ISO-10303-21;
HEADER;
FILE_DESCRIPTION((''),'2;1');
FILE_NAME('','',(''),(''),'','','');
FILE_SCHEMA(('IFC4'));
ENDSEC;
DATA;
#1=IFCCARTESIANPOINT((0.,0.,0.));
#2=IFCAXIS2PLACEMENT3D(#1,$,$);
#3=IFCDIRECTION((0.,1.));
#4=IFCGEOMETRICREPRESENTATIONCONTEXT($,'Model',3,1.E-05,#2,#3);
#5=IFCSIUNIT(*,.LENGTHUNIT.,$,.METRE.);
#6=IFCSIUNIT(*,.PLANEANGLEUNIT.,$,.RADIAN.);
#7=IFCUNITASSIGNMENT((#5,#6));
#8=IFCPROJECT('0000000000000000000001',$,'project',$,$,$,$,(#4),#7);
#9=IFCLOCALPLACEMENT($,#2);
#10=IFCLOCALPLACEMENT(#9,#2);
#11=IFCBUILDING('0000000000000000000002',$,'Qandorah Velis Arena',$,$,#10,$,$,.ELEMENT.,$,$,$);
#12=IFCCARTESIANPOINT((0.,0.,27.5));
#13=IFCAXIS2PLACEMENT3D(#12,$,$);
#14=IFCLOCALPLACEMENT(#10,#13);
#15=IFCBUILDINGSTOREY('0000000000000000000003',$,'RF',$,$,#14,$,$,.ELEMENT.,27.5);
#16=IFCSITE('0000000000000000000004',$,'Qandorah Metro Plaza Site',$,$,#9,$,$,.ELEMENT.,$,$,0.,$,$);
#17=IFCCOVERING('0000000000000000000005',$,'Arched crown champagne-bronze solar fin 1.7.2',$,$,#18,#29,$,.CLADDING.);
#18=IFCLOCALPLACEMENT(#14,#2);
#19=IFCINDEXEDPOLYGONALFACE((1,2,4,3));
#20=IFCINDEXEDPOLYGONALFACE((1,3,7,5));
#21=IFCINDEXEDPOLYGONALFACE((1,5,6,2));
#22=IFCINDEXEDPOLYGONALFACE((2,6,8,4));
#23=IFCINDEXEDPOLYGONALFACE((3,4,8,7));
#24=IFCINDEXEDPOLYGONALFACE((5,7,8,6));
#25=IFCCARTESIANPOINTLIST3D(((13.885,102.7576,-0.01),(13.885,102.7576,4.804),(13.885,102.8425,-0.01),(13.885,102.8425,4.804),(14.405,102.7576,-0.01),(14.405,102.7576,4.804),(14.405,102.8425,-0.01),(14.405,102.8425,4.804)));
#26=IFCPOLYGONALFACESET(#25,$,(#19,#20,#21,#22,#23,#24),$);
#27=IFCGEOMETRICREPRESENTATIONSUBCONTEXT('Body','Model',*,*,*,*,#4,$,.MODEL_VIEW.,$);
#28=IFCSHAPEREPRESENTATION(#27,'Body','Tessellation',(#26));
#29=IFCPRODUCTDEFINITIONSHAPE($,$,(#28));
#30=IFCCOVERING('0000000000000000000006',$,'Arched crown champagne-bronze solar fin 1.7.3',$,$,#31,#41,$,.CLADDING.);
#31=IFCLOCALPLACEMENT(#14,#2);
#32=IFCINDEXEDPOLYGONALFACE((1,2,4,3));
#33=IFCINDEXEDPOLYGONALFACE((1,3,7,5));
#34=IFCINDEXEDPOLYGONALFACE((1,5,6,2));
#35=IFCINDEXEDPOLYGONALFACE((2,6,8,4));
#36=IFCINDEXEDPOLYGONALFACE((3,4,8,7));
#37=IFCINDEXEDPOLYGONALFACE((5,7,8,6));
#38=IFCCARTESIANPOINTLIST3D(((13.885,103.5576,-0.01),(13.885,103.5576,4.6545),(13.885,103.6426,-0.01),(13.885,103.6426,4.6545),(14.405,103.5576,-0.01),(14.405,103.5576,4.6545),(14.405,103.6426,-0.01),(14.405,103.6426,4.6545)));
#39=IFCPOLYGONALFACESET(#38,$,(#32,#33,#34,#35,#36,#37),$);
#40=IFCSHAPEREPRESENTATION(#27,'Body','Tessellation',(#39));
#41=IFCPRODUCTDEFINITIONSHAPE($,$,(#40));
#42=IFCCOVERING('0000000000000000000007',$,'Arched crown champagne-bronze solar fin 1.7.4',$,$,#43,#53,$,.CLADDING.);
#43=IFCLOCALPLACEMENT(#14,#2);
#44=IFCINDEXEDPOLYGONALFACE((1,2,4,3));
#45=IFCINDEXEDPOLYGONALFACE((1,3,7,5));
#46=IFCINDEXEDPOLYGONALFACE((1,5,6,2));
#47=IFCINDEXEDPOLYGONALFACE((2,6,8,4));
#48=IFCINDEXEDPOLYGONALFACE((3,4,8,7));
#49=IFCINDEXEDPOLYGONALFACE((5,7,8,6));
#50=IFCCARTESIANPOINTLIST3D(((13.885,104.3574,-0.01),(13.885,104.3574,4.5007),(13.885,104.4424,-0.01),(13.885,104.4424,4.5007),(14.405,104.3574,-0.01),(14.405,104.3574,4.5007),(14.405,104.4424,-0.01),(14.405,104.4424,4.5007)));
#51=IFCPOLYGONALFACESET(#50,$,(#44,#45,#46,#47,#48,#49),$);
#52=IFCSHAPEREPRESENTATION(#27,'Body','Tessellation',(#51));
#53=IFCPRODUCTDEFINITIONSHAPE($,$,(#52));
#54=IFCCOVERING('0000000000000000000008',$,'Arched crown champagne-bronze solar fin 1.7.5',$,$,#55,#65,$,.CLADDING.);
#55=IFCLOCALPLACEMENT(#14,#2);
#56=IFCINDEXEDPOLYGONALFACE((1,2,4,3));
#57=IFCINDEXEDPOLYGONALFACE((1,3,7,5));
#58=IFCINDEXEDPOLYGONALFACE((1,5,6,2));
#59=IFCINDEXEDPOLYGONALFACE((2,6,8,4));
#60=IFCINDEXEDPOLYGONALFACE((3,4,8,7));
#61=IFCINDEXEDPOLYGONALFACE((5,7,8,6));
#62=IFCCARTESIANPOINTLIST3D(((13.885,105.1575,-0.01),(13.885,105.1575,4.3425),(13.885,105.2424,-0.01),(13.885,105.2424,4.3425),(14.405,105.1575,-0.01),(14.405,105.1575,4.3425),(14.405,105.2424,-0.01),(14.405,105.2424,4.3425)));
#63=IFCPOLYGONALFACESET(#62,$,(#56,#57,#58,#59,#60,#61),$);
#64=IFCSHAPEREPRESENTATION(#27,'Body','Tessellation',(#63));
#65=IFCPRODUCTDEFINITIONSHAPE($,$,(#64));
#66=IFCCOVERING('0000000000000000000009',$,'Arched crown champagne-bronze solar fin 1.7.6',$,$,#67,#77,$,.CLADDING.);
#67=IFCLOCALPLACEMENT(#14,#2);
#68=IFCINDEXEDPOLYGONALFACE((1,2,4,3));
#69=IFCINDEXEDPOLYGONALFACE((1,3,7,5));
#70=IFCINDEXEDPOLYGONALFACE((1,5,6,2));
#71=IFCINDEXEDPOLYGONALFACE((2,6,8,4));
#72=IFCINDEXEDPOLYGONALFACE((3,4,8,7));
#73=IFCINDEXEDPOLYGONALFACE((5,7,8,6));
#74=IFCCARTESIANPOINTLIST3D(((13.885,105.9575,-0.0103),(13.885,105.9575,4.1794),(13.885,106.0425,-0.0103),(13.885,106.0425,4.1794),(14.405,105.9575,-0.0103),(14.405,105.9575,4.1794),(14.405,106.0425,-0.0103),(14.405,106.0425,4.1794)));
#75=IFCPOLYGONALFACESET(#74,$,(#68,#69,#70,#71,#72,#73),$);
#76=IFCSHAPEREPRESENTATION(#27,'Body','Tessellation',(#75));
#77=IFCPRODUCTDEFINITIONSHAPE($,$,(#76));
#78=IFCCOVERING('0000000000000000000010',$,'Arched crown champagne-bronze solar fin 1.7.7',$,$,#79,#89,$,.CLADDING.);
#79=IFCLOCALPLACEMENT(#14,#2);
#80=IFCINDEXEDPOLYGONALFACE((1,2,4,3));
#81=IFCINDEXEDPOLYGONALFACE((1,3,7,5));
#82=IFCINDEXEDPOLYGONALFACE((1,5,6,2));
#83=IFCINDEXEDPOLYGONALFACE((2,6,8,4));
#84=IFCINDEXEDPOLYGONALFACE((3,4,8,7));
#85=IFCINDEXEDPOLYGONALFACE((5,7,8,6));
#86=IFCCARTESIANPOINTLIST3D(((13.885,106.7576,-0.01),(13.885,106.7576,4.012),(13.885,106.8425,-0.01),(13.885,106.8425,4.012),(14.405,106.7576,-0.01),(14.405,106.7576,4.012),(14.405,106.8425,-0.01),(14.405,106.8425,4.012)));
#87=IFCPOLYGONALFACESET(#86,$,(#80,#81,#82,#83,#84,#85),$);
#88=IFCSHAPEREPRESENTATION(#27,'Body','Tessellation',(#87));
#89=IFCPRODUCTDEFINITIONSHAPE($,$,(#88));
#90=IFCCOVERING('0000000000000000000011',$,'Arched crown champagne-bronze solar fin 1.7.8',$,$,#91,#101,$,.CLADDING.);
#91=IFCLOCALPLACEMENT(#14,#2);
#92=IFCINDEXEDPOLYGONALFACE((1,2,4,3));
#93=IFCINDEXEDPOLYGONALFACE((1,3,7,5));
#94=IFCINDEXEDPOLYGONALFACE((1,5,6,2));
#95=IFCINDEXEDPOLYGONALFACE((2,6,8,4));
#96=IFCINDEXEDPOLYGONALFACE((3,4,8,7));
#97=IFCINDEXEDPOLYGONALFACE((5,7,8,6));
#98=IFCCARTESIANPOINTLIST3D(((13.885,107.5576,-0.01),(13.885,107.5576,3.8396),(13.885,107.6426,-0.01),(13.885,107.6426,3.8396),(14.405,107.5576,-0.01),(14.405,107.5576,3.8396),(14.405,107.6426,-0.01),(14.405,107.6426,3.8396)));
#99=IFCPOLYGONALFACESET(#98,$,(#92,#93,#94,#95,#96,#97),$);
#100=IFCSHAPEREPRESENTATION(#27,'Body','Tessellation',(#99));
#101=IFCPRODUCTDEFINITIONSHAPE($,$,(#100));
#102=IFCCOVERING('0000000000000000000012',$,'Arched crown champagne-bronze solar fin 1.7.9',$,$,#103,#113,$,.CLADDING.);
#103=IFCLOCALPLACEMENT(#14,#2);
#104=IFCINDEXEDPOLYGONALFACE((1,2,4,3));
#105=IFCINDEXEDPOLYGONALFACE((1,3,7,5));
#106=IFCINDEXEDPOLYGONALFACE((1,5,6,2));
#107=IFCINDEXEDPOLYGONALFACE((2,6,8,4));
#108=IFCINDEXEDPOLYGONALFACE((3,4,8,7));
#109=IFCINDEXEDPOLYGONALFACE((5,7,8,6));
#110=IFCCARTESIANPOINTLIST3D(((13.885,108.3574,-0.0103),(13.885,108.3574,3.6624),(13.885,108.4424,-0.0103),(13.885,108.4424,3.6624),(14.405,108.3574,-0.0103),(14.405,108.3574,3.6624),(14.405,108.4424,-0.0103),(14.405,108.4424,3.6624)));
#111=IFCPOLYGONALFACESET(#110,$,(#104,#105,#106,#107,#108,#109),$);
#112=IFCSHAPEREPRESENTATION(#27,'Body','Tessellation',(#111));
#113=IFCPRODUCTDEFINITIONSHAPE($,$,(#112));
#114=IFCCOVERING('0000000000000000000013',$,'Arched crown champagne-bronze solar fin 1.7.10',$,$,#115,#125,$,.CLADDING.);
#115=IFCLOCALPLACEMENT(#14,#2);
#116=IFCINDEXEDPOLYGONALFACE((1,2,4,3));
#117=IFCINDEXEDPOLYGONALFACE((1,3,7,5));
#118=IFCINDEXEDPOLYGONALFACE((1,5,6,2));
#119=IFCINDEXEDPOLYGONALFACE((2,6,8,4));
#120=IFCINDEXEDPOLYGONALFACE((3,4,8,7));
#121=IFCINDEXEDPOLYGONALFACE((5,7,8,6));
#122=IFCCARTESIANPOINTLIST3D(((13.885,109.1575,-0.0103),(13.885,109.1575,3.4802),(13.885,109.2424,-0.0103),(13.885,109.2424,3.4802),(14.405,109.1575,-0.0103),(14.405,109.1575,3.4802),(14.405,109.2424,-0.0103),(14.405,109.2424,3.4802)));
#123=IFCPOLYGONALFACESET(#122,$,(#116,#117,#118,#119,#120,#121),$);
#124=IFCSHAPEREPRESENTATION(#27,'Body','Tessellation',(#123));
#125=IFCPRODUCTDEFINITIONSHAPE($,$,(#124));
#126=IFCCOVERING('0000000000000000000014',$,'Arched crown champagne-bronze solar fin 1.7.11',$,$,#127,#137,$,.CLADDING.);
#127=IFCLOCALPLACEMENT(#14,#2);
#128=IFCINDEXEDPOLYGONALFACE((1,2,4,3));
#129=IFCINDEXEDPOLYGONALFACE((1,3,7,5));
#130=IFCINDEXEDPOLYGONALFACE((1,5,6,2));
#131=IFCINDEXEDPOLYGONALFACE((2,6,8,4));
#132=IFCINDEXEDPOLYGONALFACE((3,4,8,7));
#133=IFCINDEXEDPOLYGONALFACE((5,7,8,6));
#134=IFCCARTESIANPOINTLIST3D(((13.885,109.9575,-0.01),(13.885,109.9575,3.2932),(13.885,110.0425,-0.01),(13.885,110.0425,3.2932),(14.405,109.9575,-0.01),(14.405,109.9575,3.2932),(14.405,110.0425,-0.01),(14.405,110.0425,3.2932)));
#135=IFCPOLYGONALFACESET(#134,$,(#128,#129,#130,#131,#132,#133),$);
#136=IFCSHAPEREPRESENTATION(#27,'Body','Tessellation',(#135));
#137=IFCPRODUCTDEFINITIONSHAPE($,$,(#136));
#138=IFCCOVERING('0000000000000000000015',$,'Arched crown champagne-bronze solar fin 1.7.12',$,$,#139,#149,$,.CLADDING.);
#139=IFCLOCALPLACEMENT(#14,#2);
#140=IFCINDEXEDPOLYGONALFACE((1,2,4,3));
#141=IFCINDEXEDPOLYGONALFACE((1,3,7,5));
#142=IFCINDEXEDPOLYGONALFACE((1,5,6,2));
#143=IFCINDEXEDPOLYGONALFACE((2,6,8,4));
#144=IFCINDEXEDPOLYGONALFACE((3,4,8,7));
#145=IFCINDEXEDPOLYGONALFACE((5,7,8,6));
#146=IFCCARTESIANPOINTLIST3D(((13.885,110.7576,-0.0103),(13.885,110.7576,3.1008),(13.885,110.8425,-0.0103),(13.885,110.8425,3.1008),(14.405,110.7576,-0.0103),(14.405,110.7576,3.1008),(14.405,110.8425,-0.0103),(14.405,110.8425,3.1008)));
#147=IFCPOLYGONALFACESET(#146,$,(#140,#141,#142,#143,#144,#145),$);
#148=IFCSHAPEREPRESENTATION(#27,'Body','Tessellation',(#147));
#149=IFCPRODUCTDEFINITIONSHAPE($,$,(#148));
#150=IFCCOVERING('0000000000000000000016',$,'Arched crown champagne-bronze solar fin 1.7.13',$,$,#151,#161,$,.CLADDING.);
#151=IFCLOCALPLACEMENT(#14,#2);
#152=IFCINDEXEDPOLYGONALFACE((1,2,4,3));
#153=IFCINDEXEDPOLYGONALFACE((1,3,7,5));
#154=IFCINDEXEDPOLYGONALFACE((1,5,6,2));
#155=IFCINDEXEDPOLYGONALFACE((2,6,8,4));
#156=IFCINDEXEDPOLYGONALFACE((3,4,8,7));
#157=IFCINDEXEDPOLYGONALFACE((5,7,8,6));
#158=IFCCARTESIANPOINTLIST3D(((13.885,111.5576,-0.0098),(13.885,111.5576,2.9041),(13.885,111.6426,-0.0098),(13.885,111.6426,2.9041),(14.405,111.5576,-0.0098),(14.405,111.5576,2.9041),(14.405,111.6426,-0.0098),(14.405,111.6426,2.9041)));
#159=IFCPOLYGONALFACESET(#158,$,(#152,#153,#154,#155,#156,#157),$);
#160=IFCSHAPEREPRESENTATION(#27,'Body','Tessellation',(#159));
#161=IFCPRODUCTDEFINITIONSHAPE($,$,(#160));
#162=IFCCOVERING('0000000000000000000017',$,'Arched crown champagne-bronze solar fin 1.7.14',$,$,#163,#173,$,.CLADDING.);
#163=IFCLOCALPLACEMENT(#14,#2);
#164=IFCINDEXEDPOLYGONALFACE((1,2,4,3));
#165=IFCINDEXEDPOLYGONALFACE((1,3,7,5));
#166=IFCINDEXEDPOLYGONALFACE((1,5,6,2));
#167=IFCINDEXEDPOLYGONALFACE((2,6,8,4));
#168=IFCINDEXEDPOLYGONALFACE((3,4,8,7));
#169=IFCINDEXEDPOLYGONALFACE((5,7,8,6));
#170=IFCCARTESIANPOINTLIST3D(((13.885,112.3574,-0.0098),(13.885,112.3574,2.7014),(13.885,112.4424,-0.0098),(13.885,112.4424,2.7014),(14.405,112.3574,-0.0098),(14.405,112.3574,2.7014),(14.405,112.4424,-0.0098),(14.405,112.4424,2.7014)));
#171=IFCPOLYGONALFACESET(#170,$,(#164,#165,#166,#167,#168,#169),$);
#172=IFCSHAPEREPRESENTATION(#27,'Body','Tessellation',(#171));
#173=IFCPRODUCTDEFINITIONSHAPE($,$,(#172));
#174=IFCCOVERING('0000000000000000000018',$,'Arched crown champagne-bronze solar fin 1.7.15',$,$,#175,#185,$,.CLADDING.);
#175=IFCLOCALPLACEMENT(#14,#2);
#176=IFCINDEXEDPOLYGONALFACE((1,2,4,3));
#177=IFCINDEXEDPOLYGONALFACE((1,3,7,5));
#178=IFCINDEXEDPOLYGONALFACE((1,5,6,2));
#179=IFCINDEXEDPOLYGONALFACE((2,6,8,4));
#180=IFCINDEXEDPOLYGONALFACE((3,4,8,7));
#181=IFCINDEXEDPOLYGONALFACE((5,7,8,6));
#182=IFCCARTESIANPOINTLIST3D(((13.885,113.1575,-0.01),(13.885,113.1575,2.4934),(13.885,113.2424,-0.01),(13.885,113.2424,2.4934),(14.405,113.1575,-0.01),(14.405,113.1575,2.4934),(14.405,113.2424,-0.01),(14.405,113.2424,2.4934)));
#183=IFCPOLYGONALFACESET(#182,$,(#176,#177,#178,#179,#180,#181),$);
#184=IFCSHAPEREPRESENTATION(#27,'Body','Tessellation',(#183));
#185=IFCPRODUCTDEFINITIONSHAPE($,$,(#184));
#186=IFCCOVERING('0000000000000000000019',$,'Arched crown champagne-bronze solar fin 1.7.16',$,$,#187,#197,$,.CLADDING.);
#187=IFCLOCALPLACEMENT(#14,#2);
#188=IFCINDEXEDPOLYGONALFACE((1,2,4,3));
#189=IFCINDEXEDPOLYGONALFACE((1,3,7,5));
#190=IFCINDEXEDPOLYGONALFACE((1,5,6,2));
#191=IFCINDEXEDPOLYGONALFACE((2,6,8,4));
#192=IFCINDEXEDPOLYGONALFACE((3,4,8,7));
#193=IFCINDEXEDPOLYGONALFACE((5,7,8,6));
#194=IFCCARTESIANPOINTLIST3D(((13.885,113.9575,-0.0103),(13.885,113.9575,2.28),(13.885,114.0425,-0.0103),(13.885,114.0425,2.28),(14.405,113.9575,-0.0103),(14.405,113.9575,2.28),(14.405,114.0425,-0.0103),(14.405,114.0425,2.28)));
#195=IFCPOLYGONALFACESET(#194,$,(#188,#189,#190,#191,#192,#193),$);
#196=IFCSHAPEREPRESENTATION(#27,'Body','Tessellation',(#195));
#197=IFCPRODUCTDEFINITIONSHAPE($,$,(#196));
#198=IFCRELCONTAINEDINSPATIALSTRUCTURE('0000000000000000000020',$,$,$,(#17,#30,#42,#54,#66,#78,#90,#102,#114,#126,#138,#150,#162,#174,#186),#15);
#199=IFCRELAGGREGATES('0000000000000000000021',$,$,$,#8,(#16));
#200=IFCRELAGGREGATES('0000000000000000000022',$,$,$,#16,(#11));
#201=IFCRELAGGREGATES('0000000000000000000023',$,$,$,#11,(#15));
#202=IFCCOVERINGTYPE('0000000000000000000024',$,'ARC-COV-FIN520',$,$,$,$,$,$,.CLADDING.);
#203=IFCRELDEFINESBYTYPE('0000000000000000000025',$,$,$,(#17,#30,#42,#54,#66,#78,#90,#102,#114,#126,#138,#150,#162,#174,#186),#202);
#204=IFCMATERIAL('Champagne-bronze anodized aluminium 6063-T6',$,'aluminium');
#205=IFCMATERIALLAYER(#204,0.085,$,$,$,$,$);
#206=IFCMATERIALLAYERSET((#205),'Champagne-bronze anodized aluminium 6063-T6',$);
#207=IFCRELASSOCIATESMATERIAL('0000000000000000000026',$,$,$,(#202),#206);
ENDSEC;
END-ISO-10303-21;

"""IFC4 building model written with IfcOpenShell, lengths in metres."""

from ifc_helpers import new_model, si_unit, direction, frame, origin, origin_2d, place, context, subcontext, project, spatial, rectangle, extrude, material, layer, layer_set, type_object, element, save


model = new_model("IFC4")

# Units and contexts
model_context = context("Model", 3, precision=1e-05, world=origin(), true_north=direction((0.0, 1.0)))
body_context = subcontext(model_context, "Body", "Model", "MODEL_VIEW")
ifc_project = project(units=[si_unit("LENGTHUNIT", "METRE"), si_unit("PLANEANGLEUNIT", "RADIAN")], contexts=[model_context])

# Site, building, storey
site_placement = place(None, origin())
site = spatial("IfcSite", under=ifc_project, at=site_placement, Name="Qandorah Metro Plaza Site", CompositionType="ELEMENT", RefElevation=0.0)
building_placement = place(site_placement, origin())
building = spatial("IfcBuilding", under=site, at=building_placement, Name="Qandorah Velis Arena", CompositionType="ELEMENT")
storey_placement = place(building_placement, frame((0.0, 0.0, 27.5)))
storey = spatial("IfcBuildingStorey", under=building, at=storey_placement, Name="RF", CompositionType="ELEMENT", Elevation=27.5)

# Shared definitions
ifc_material_1 = material(Name="Champagne-bronze anodized aluminium 6063-T6", Category="aluminium")

# Coverings
ifc_layer_1 = layer(ifc_material_1, 0.085)
ifc_layer_set_1 = layer_set([ifc_layer_1], Name="Champagne-bronze anodized aluminium 6063-T6")
covering_type = type_object("IfcCoveringType", Name="ARC-COV-FIN520", PredefinedType="CLADDING", material=ifc_layer_set_1)
covering_1_placement = place(storey_placement, frame((14.145, 102.8, -0.01), z_axis=(0.0, 0.0, 1.0), x_axis=(1.0, 0.0, 0.0)))
element("IfcCovering", 1, at=covering_1_placement, inside=storey, type_object=covering_type, Name="Arched crown champagne-bronze solar fin 1.7.2", PredefinedType="CLADDING", context=body_context, shape_type="SweptSolid", body=[
    extrude(rectangle(XDim=0.52, YDim=0.085, at=origin_2d()), origin(), (0.0, 0.0, 1.0), 4.814),
])
covering_2_placement = place(storey_placement, frame((14.145, 103.6001, -0.01), z_axis=(0.0, 0.0, 1.0), x_axis=(1.0, 0.0, 0.0)))
element("IfcCovering", 2, at=covering_2_placement, inside=storey, type_object=covering_type, Name="Arched crown champagne-bronze solar fin 1.7.3", PredefinedType="CLADDING", context=body_context, shape_type="SweptSolid", body=[
    extrude(rectangle(XDim=0.52, YDim=0.085, at=origin_2d()), origin(), (0.0, 0.0, 1.0), 4.6646),
])
covering_3_placement = place(storey_placement, frame((14.145, 104.3999, -0.01), z_axis=(0.0, 0.0, 1.0), x_axis=(1.0, 0.0, 0.0)))
element("IfcCovering", 3, at=covering_3_placement, inside=storey, type_object=covering_type, Name="Arched crown champagne-bronze solar fin 1.7.4", PredefinedType="CLADDING", context=body_context, shape_type="SweptSolid", body=[
    extrude(rectangle(XDim=0.52, YDim=0.085, at=origin_2d()), origin(), (0.0, 0.0, 1.0), 4.5107),
])
covering_4_placement = place(storey_placement, frame((14.145, 105.2, -0.01), z_axis=(0.0, 0.0, 1.0), x_axis=(1.0, 0.0, 0.0)))
element("IfcCovering", 4, at=covering_4_placement, inside=storey, type_object=covering_type, Name="Arched crown champagne-bronze solar fin 1.7.5", PredefinedType="CLADDING", context=body_context, shape_type="SweptSolid", body=[
    extrude(rectangle(XDim=0.52, YDim=0.085, at=origin_2d()), origin(), (0.0, 0.0, 1.0), 4.3525),
])
covering_5_placement = place(storey_placement, frame((14.145, 106.0, -0.0103), z_axis=(0.0, 0.0, 1.0), x_axis=(1.0, 0.0, 0.0)))
element("IfcCovering", 5, at=covering_5_placement, inside=storey, type_object=covering_type, Name="Arched crown champagne-bronze solar fin 1.7.6", PredefinedType="CLADDING", context=body_context, shape_type="SweptSolid", body=[
    extrude(rectangle(XDim=0.52, YDim=0.085, at=origin_2d()), origin(), (0.0, 0.0, 1.0), 4.1897),
])
covering_6_placement = place(storey_placement, frame((14.145, 106.8, -0.01), z_axis=(0.0, 0.0, 1.0), x_axis=(1.0, 0.0, 0.0)))
element("IfcCovering", 6, at=covering_6_placement, inside=storey, type_object=covering_type, Name="Arched crown champagne-bronze solar fin 1.7.7", PredefinedType="CLADDING", context=body_context, shape_type="SweptSolid", body=[
    extrude(rectangle(XDim=0.52, YDim=0.085, at=origin_2d()), origin(), (0.0, 0.0, 1.0), 4.022),
])
covering_7_placement = place(storey_placement, frame((14.145, 107.6001, -0.01), z_axis=(0.0, 0.0, 1.0), x_axis=(1.0, 0.0, 0.0)))
element("IfcCovering", 7, at=covering_7_placement, inside=storey, type_object=covering_type, Name="Arched crown champagne-bronze solar fin 1.7.8", PredefinedType="CLADDING", context=body_context, shape_type="SweptSolid", body=[
    extrude(rectangle(XDim=0.52, YDim=0.085, at=origin_2d()), origin(), (0.0, 0.0, 1.0), 3.8496),
])
covering_8_placement = place(storey_placement, frame((14.145, 108.3999, -0.0103), z_axis=(0.0, 0.0, 1.0), x_axis=(1.0, 0.0, 0.0)))
element("IfcCovering", 8, at=covering_8_placement, inside=storey, type_object=covering_type, Name="Arched crown champagne-bronze solar fin 1.7.9", PredefinedType="CLADDING", context=body_context, shape_type="SweptSolid", body=[
    extrude(rectangle(XDim=0.52, YDim=0.085, at=origin_2d()), origin(), (0.0, 0.0, 1.0), 3.6726),
])
covering_9_placement = place(storey_placement, frame((14.145, 109.2, -0.0103), z_axis=(0.0, 0.0, 1.0), x_axis=(1.0, 0.0, 0.0)))
element("IfcCovering", 9, at=covering_9_placement, inside=storey, type_object=covering_type, Name="Arched crown champagne-bronze solar fin 1.7.10", PredefinedType="CLADDING", context=body_context, shape_type="SweptSolid", body=[
    extrude(rectangle(XDim=0.52, YDim=0.085, at=origin_2d()), origin(), (0.0, 0.0, 1.0), 3.4905),
])
covering_10_placement = place(storey_placement, frame((14.145, 110.0, -0.01), z_axis=(0.0, 0.0, 1.0), x_axis=(1.0, 0.0, 0.0)))
element("IfcCovering", 10, at=covering_10_placement, inside=storey, type_object=covering_type, Name="Arched crown champagne-bronze solar fin 1.7.11", PredefinedType="CLADDING", context=body_context, shape_type="SweptSolid", body=[
    extrude(rectangle(XDim=0.52, YDim=0.085, at=origin_2d()), origin(), (0.0, 0.0, 1.0), 3.3032),
])
covering_11_placement = place(storey_placement, frame((14.145, 110.8, -0.0103), z_axis=(0.0, 0.0, 1.0), x_axis=(1.0, 0.0, 0.0)))
element("IfcCovering", 11, at=covering_11_placement, inside=storey, type_object=covering_type, Name="Arched crown champagne-bronze solar fin 1.7.12", PredefinedType="CLADDING", context=body_context, shape_type="SweptSolid", body=[
    extrude(rectangle(XDim=0.52, YDim=0.085, at=origin_2d()), origin(), (0.0, 0.0, 1.0), 3.1111),
])
covering_12_placement = place(storey_placement, frame((14.145, 111.6001, -0.0098), z_axis=(0.0, 0.0, 1.0), x_axis=(1.0, 0.0, 0.0)))
element("IfcCovering", 12, at=covering_12_placement, inside=storey, type_object=covering_type, Name="Arched crown champagne-bronze solar fin 1.7.13", PredefinedType="CLADDING", context=body_context, shape_type="SweptSolid", body=[
    extrude(rectangle(XDim=0.52, YDim=0.085, at=origin_2d()), origin(), (0.0, 0.0, 1.0), 2.9138),
])
covering_13_placement = place(storey_placement, frame((14.145, 112.3999, -0.0098), z_axis=(0.0, 0.0, 1.0), x_axis=(1.0, 0.0, 0.0)))
element("IfcCovering", 13, at=covering_13_placement, inside=storey, type_object=covering_type, Name="Arched crown champagne-bronze solar fin 1.7.14", PredefinedType="CLADDING", context=body_context, shape_type="SweptSolid", body=[
    extrude(rectangle(XDim=0.52, YDim=0.085, at=origin_2d()), origin(), (0.0, 0.0, 1.0), 2.7112),
])
covering_14_placement = place(storey_placement, frame((14.145, 113.2, -0.01), z_axis=(0.0, 0.0, 1.0), x_axis=(1.0, 0.0, 0.0)))
element("IfcCovering", 14, at=covering_14_placement, inside=storey, type_object=covering_type, Name="Arched crown champagne-bronze solar fin 1.7.15", PredefinedType="CLADDING", context=body_context, shape_type="SweptSolid", body=[
    extrude(rectangle(XDim=0.52, YDim=0.085, at=origin_2d()), origin(), (0.0, 0.0, 1.0), 2.5034),
])
covering_15_placement = place(storey_placement, frame((14.145, 114.0, -0.0103), z_axis=(0.0, 0.0, 1.0), x_axis=(1.0, 0.0, 0.0)))
element("IfcCovering", 15, at=covering_15_placement, inside=storey, type_object=covering_type, Name="Arched crown champagne-bronze solar fin 1.7.16", PredefinedType="CLADDING", context=body_context, shape_type="SweptSolid", body=[
    extrude(rectangle(XDim=0.52, YDim=0.085, at=origin_2d()), origin(), (0.0, 0.0, 1.0), 2.2903),
])

save(model, "model.ifc")
